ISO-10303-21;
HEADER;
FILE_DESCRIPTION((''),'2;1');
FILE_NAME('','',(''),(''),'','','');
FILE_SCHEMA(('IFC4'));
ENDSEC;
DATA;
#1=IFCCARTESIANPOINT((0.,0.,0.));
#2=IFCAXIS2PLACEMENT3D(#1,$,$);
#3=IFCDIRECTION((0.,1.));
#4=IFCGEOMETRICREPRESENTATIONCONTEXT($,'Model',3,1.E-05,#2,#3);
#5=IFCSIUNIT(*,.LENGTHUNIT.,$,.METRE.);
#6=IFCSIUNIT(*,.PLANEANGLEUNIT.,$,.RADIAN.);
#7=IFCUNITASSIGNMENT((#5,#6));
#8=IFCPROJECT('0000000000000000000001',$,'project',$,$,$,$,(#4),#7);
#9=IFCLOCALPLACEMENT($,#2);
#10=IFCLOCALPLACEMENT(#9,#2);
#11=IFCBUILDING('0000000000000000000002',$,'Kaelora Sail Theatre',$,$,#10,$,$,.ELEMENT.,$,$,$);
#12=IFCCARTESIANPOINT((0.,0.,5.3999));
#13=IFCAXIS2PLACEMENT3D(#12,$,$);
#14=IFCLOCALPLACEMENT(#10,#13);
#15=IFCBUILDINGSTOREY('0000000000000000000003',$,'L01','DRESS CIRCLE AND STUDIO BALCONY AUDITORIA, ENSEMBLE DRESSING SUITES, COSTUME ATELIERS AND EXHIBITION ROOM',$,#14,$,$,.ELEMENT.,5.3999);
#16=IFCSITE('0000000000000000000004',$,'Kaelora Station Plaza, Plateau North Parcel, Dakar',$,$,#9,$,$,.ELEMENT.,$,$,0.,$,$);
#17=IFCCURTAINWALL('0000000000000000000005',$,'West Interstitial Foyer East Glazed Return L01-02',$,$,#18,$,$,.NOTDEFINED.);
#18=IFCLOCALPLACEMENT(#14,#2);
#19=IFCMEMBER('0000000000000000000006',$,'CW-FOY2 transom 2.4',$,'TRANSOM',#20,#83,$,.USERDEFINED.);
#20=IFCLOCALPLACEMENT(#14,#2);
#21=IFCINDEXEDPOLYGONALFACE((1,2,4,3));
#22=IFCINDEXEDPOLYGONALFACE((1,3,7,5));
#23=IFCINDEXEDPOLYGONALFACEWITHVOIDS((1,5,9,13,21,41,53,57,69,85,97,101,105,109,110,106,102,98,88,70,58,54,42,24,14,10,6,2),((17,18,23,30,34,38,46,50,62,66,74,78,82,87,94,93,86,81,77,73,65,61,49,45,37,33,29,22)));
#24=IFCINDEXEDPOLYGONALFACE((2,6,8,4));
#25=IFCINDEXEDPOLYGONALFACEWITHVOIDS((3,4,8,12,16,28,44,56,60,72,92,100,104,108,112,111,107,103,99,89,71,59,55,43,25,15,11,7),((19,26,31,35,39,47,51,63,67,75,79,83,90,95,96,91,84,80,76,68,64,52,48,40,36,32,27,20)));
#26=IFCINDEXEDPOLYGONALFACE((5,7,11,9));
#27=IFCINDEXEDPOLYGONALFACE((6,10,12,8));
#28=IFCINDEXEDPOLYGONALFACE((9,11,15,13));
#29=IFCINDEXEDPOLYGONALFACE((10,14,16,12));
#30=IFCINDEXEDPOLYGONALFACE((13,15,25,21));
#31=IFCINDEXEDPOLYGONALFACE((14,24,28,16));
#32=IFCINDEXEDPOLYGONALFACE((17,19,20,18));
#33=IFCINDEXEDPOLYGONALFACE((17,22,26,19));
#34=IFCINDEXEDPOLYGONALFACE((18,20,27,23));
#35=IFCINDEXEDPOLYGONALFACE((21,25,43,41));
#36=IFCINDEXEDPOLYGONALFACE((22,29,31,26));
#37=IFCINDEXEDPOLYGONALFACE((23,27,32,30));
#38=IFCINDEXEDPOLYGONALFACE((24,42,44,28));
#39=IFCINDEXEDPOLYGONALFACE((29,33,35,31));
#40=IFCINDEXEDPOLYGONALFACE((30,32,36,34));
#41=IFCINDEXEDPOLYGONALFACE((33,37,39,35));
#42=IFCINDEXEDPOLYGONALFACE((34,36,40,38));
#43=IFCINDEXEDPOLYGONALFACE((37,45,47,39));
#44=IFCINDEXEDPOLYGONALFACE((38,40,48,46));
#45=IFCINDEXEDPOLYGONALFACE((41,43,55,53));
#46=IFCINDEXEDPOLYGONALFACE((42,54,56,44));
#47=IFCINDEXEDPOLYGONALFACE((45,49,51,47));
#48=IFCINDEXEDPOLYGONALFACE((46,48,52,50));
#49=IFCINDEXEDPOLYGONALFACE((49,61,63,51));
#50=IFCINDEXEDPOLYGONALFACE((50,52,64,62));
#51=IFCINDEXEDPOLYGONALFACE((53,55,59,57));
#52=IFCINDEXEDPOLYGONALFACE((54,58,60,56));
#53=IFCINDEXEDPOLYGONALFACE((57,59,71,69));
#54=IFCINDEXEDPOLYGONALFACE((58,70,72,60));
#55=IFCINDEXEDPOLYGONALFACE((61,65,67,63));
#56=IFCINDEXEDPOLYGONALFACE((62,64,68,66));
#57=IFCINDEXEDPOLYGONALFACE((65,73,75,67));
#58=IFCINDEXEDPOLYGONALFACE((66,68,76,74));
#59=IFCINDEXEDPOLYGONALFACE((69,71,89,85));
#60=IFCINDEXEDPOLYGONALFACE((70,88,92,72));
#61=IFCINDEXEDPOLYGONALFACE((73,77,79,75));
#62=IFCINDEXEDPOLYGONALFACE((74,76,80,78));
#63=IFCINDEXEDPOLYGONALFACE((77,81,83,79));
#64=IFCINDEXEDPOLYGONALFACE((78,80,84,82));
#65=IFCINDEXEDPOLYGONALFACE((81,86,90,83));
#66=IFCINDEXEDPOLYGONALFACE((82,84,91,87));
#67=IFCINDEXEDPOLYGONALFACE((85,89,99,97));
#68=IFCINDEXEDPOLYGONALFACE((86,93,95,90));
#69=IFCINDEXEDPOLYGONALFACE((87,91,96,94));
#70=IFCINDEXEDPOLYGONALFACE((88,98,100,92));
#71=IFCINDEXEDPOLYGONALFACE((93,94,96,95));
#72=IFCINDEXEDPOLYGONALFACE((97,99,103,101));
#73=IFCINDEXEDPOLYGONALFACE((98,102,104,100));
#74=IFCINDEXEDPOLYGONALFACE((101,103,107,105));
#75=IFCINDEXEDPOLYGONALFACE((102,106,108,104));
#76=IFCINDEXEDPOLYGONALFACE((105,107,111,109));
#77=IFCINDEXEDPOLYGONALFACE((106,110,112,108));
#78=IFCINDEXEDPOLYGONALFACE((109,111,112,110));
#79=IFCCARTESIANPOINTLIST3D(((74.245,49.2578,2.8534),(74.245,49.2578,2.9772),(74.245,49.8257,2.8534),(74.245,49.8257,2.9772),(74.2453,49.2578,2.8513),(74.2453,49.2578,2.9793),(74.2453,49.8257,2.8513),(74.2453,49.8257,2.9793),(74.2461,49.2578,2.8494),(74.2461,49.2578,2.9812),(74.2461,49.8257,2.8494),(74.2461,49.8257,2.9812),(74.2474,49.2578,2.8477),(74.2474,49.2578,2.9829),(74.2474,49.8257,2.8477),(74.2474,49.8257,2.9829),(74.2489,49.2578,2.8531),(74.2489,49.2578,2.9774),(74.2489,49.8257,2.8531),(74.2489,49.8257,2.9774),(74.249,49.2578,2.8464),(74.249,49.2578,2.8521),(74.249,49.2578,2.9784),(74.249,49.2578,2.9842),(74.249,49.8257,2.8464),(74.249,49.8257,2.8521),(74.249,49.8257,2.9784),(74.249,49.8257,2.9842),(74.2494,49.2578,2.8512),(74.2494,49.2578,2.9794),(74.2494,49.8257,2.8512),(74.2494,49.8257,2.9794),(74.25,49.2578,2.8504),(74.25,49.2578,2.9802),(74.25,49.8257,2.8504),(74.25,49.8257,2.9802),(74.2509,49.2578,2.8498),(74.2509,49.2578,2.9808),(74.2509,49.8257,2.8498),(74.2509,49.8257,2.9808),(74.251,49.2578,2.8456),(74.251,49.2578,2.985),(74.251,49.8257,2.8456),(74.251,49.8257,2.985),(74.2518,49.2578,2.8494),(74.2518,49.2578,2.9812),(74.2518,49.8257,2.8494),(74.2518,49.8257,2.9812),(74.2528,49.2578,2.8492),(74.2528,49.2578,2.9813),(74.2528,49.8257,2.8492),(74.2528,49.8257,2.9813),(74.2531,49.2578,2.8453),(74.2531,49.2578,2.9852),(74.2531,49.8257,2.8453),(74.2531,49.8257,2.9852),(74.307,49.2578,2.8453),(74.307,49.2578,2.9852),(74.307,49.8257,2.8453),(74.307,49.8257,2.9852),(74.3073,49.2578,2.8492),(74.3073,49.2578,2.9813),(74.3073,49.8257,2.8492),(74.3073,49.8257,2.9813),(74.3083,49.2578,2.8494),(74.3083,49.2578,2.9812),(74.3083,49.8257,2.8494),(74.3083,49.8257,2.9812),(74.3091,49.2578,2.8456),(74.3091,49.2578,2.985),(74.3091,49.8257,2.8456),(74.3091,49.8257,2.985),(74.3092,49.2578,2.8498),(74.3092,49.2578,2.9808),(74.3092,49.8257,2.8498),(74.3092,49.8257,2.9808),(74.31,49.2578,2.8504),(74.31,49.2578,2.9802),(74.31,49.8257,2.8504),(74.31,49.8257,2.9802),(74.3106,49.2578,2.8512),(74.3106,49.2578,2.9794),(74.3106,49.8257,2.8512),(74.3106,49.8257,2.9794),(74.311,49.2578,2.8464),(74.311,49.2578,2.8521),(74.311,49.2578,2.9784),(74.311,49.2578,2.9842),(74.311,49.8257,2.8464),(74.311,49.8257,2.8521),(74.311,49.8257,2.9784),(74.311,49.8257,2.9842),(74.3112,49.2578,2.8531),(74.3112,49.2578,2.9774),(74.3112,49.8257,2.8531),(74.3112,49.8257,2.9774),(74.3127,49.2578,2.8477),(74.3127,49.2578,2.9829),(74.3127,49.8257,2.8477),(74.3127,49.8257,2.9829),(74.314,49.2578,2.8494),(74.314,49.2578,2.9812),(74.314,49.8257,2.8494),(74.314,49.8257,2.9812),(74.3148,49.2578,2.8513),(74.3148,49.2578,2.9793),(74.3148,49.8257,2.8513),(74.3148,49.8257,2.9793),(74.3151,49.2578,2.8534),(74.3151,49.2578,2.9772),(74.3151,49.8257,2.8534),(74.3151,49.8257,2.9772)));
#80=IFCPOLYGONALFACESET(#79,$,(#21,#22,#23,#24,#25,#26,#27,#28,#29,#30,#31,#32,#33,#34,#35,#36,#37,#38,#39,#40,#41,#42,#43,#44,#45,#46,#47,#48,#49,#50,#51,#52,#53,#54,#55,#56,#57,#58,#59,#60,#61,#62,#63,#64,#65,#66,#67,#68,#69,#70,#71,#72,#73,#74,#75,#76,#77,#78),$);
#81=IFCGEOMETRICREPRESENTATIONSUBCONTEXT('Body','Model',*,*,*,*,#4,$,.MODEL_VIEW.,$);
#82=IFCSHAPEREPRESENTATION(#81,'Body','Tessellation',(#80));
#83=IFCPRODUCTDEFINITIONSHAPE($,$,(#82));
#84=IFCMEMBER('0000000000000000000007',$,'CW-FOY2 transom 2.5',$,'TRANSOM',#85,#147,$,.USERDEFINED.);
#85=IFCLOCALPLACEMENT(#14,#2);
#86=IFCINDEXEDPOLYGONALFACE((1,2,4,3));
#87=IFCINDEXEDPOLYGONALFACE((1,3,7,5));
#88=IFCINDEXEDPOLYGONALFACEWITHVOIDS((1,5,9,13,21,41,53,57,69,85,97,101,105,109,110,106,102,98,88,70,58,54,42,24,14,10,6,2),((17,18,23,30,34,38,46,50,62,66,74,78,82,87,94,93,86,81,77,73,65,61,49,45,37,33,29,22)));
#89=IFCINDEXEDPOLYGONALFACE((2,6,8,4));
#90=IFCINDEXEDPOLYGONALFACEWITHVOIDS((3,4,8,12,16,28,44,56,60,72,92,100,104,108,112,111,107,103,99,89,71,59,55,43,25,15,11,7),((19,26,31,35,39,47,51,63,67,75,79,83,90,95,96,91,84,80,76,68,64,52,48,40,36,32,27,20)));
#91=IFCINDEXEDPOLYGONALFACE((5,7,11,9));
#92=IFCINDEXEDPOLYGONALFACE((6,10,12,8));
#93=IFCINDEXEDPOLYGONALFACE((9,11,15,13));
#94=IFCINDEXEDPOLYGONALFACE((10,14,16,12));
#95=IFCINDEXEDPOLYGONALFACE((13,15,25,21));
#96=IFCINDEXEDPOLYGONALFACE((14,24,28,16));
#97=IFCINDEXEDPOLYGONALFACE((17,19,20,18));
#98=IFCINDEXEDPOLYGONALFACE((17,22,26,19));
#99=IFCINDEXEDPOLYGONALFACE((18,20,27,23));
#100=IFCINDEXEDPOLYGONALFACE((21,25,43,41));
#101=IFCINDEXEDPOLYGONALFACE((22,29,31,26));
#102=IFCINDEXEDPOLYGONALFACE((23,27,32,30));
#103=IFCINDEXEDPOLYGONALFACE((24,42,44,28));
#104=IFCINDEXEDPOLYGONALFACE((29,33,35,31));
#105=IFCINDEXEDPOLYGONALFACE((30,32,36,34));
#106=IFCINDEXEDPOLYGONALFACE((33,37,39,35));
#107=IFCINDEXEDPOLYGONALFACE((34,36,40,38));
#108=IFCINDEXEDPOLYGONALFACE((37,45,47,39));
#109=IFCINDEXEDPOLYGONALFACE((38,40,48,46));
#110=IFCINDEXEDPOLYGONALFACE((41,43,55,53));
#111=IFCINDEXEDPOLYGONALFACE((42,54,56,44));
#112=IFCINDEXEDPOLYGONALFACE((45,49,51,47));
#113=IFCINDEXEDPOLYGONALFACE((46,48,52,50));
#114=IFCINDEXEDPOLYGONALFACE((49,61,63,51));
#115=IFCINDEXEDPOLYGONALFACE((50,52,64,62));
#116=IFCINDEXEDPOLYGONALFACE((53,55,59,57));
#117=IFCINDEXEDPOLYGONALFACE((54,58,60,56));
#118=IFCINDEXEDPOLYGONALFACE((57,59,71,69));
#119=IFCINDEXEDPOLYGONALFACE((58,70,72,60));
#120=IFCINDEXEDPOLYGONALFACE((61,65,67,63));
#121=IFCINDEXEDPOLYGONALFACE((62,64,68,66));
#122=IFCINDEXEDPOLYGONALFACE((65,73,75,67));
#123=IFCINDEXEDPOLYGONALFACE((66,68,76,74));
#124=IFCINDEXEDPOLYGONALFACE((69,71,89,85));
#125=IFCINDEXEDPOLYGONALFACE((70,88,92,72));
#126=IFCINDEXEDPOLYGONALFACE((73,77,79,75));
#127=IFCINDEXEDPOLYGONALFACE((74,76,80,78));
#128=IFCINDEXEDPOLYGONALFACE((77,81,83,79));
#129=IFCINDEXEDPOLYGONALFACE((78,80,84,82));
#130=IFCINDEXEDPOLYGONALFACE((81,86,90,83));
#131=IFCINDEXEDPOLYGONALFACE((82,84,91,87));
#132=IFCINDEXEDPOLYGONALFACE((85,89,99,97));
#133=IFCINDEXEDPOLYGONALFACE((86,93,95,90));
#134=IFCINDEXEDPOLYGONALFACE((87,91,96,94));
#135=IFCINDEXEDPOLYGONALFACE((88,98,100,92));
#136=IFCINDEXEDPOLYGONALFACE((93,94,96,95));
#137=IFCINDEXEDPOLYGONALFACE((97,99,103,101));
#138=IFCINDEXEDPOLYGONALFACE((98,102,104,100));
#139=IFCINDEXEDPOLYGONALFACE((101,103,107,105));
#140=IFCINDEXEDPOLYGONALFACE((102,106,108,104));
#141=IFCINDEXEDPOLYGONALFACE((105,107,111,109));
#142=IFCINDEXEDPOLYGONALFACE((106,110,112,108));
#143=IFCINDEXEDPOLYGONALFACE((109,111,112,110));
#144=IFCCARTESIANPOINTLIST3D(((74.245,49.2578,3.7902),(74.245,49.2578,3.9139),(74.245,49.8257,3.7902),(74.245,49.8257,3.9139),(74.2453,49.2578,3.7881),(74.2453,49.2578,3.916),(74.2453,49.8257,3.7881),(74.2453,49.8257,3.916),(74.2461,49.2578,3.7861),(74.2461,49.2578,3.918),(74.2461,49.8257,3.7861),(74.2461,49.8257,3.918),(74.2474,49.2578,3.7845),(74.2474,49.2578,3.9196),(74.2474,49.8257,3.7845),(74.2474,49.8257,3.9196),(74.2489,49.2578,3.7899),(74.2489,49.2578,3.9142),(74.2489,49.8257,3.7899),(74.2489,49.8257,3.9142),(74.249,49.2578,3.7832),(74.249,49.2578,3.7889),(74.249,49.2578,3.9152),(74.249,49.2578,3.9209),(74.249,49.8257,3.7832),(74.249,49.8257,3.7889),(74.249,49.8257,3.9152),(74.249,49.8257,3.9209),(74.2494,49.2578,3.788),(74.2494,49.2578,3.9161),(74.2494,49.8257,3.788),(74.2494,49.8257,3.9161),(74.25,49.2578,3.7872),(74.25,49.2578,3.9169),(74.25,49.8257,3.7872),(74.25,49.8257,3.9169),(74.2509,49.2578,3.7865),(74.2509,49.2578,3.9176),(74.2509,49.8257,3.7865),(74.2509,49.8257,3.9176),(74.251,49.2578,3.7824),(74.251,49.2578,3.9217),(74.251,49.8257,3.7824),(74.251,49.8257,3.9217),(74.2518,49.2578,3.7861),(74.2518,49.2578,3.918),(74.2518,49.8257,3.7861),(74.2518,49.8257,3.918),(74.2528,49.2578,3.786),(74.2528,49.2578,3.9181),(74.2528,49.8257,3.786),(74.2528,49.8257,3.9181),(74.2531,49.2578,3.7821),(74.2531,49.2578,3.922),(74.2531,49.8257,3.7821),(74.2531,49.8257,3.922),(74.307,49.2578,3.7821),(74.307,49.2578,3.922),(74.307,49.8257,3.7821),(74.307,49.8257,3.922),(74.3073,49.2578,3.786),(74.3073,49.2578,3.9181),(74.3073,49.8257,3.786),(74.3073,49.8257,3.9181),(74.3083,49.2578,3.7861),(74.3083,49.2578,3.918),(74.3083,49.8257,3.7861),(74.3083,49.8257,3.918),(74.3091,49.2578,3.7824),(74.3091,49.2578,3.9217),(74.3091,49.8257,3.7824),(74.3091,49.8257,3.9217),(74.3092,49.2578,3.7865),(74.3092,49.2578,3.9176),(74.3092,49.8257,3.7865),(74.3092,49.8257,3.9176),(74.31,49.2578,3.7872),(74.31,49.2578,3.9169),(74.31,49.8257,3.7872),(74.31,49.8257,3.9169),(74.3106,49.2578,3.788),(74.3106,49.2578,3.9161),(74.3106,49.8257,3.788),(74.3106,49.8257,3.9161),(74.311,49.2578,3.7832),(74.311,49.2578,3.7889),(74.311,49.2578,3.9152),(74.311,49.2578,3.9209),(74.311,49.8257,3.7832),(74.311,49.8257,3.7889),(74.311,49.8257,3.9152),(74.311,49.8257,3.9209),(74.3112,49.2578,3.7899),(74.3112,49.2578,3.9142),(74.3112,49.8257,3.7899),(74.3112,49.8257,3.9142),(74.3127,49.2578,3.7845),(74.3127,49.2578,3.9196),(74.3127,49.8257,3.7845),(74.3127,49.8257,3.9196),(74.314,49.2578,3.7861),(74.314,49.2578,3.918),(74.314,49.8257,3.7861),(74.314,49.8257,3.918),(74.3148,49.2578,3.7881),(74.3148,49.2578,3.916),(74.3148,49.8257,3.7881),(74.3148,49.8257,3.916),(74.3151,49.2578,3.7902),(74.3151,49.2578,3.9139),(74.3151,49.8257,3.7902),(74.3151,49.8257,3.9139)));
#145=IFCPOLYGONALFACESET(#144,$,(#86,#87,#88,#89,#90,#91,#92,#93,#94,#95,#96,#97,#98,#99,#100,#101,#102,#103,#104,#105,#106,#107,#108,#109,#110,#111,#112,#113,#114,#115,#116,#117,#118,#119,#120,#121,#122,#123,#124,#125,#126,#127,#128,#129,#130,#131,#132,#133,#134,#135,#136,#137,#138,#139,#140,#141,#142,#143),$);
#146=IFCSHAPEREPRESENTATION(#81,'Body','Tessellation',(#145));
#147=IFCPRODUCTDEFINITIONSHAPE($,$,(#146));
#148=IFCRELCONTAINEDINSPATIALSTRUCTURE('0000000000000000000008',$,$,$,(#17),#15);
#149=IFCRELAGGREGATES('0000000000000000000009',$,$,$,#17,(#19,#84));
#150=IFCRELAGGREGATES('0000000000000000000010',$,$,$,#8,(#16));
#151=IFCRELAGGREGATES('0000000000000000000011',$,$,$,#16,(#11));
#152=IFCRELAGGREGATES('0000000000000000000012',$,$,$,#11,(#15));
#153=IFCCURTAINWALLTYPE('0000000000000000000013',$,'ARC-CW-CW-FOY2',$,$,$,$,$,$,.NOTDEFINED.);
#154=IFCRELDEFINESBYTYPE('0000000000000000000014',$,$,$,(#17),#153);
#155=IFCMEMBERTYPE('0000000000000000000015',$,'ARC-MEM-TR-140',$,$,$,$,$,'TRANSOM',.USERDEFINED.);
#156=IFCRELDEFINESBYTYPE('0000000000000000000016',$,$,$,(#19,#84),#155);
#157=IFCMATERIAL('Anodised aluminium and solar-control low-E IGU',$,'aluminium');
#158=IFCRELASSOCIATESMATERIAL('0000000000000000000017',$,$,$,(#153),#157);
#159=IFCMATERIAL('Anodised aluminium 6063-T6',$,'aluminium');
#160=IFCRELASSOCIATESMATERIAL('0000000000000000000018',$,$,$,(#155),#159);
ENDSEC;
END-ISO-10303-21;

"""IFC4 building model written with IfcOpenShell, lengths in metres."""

from ifc_helpers import new_model, si_unit, direction, frame, origin, origin_2d, place, context, subcontext, project, spatial, hollow_rectangle, extrude, material, material_profile, profile_set, type_object, element, aggregate, save


model = new_model("IFC4")

# Units and contexts
model_context = context("Model", 3, precision=1e-05, world=origin(), true_north=direction((0.0, 1.0)))
body_context = subcontext(model_context, "Body", "Model", "MODEL_VIEW")
ifc_project = project(units=[si_unit("LENGTHUNIT", "METRE"), si_unit("PLANEANGLEUNIT", "RADIAN")], contexts=[model_context])

# Site, building, storey
site_placement = place(None, origin())
site = spatial("IfcSite", under=ifc_project, at=site_placement, Name="Kaelora Station Plaza, Plateau North Parcel, Dakar", CompositionType="ELEMENT", RefElevation=0.0)
building_placement = place(site_placement, origin())
building = spatial("IfcBuilding", under=site, at=building_placement, Name="Kaelora Sail Theatre", CompositionType="ELEMENT")
storey_placement = place(building_placement, frame((0.0, 0.0, 5.3999)))
storey = spatial("IfcBuildingStorey", under=building, at=storey_placement, Name="L01", Description="DRESS CIRCLE AND STUDIO BALCONY AUDITORIA, ENSEMBLE DRESSING SUITES, COSTUME ATELIERS AND EXHIBITION ROOM", CompositionType="ELEMENT", Elevation=5.3999)

# Curtain wall, members
ifc_material_1 = material(Name="Anodised aluminium and solar-control low-E IGU", Category="aluminium")
curtain_wall_type = type_object("IfcCurtainWallType", Name="ARC-CW-CW-FOY2", PredefinedType="NOTDEFINED", material=ifc_material_1)
curtain_wall_1_placement = place(storey_placement, origin())
curtain_wall_1 = element("IfcCurtainWall", 1, at=curtain_wall_1_placement, inside=storey, type_object=curtain_wall_type, Name="West Interstitial Foyer East Glazed Return L01-02", PredefinedType="NOTDEFINED")
ifc_material_2 = material(Name="Anodised aluminium 6063-T6", Category="aluminium")
ifc_material_profile = material_profile(ifc_material_2, hollow_rectangle(XDim=0.0701, YDim=0.1399, WallThickness=0.0039, InnerFilletRadius=0.0039, OuterFilletRadius=0.0081, at=origin_2d()), Name="ALU-TRAN 70x140x4")
ifc_profile_set = profile_set([ifc_material_profile], Name="Anodised aluminium 6063-T6")
member_type = type_object("IfcMemberType", Name="ARC-MEM-TR-140", ElementType="TRANSOM", PredefinedType="USERDEFINED", material=ifc_profile_set)
member_1_placement = place(storey_placement, frame((74.28, 49.2578, 2.9153), z_axis=(0.0, 1.0, 0.0), x_axis=(-1.0, 0.0, 0.0)))
member_1 = element("IfcMember", 2, at=member_1_placement, type_object=member_type, Name="CW-FOY2 transom 2.4", ObjectType="TRANSOM", PredefinedType="USERDEFINED", context=body_context, shape_type="SweptSolid", body=[
    extrude(hollow_rectangle(XDim=0.0701, YDim=0.1399, WallThickness=0.0039, InnerFilletRadius=0.0039, OuterFilletRadius=0.0081, at=origin_2d()), origin(), (0.0, 0.0, 1.0), 0.5679),
])
member_2_placement = place(storey_placement, frame((74.28, 49.2578, 3.8521), z_axis=(0.0, 1.0, 0.0), x_axis=(-1.0, 0.0, 0.0)))
member_2 = element("IfcMember", 3, at=member_2_placement, type_object=member_type, Name="CW-FOY2 transom 2.5", ObjectType="TRANSOM", PredefinedType="USERDEFINED", context=body_context, shape_type="SweptSolid", body=[
    extrude(hollow_rectangle(XDim=0.0701, YDim=0.1399, WallThickness=0.0039, InnerFilletRadius=0.0039, OuterFilletRadius=0.0081, at=origin_2d()), origin(), (0.0, 0.0, 1.0), 0.5679),
])

aggregate(curtain_wall_1, [member_1, member_2])

save(model, "model.ifc")
